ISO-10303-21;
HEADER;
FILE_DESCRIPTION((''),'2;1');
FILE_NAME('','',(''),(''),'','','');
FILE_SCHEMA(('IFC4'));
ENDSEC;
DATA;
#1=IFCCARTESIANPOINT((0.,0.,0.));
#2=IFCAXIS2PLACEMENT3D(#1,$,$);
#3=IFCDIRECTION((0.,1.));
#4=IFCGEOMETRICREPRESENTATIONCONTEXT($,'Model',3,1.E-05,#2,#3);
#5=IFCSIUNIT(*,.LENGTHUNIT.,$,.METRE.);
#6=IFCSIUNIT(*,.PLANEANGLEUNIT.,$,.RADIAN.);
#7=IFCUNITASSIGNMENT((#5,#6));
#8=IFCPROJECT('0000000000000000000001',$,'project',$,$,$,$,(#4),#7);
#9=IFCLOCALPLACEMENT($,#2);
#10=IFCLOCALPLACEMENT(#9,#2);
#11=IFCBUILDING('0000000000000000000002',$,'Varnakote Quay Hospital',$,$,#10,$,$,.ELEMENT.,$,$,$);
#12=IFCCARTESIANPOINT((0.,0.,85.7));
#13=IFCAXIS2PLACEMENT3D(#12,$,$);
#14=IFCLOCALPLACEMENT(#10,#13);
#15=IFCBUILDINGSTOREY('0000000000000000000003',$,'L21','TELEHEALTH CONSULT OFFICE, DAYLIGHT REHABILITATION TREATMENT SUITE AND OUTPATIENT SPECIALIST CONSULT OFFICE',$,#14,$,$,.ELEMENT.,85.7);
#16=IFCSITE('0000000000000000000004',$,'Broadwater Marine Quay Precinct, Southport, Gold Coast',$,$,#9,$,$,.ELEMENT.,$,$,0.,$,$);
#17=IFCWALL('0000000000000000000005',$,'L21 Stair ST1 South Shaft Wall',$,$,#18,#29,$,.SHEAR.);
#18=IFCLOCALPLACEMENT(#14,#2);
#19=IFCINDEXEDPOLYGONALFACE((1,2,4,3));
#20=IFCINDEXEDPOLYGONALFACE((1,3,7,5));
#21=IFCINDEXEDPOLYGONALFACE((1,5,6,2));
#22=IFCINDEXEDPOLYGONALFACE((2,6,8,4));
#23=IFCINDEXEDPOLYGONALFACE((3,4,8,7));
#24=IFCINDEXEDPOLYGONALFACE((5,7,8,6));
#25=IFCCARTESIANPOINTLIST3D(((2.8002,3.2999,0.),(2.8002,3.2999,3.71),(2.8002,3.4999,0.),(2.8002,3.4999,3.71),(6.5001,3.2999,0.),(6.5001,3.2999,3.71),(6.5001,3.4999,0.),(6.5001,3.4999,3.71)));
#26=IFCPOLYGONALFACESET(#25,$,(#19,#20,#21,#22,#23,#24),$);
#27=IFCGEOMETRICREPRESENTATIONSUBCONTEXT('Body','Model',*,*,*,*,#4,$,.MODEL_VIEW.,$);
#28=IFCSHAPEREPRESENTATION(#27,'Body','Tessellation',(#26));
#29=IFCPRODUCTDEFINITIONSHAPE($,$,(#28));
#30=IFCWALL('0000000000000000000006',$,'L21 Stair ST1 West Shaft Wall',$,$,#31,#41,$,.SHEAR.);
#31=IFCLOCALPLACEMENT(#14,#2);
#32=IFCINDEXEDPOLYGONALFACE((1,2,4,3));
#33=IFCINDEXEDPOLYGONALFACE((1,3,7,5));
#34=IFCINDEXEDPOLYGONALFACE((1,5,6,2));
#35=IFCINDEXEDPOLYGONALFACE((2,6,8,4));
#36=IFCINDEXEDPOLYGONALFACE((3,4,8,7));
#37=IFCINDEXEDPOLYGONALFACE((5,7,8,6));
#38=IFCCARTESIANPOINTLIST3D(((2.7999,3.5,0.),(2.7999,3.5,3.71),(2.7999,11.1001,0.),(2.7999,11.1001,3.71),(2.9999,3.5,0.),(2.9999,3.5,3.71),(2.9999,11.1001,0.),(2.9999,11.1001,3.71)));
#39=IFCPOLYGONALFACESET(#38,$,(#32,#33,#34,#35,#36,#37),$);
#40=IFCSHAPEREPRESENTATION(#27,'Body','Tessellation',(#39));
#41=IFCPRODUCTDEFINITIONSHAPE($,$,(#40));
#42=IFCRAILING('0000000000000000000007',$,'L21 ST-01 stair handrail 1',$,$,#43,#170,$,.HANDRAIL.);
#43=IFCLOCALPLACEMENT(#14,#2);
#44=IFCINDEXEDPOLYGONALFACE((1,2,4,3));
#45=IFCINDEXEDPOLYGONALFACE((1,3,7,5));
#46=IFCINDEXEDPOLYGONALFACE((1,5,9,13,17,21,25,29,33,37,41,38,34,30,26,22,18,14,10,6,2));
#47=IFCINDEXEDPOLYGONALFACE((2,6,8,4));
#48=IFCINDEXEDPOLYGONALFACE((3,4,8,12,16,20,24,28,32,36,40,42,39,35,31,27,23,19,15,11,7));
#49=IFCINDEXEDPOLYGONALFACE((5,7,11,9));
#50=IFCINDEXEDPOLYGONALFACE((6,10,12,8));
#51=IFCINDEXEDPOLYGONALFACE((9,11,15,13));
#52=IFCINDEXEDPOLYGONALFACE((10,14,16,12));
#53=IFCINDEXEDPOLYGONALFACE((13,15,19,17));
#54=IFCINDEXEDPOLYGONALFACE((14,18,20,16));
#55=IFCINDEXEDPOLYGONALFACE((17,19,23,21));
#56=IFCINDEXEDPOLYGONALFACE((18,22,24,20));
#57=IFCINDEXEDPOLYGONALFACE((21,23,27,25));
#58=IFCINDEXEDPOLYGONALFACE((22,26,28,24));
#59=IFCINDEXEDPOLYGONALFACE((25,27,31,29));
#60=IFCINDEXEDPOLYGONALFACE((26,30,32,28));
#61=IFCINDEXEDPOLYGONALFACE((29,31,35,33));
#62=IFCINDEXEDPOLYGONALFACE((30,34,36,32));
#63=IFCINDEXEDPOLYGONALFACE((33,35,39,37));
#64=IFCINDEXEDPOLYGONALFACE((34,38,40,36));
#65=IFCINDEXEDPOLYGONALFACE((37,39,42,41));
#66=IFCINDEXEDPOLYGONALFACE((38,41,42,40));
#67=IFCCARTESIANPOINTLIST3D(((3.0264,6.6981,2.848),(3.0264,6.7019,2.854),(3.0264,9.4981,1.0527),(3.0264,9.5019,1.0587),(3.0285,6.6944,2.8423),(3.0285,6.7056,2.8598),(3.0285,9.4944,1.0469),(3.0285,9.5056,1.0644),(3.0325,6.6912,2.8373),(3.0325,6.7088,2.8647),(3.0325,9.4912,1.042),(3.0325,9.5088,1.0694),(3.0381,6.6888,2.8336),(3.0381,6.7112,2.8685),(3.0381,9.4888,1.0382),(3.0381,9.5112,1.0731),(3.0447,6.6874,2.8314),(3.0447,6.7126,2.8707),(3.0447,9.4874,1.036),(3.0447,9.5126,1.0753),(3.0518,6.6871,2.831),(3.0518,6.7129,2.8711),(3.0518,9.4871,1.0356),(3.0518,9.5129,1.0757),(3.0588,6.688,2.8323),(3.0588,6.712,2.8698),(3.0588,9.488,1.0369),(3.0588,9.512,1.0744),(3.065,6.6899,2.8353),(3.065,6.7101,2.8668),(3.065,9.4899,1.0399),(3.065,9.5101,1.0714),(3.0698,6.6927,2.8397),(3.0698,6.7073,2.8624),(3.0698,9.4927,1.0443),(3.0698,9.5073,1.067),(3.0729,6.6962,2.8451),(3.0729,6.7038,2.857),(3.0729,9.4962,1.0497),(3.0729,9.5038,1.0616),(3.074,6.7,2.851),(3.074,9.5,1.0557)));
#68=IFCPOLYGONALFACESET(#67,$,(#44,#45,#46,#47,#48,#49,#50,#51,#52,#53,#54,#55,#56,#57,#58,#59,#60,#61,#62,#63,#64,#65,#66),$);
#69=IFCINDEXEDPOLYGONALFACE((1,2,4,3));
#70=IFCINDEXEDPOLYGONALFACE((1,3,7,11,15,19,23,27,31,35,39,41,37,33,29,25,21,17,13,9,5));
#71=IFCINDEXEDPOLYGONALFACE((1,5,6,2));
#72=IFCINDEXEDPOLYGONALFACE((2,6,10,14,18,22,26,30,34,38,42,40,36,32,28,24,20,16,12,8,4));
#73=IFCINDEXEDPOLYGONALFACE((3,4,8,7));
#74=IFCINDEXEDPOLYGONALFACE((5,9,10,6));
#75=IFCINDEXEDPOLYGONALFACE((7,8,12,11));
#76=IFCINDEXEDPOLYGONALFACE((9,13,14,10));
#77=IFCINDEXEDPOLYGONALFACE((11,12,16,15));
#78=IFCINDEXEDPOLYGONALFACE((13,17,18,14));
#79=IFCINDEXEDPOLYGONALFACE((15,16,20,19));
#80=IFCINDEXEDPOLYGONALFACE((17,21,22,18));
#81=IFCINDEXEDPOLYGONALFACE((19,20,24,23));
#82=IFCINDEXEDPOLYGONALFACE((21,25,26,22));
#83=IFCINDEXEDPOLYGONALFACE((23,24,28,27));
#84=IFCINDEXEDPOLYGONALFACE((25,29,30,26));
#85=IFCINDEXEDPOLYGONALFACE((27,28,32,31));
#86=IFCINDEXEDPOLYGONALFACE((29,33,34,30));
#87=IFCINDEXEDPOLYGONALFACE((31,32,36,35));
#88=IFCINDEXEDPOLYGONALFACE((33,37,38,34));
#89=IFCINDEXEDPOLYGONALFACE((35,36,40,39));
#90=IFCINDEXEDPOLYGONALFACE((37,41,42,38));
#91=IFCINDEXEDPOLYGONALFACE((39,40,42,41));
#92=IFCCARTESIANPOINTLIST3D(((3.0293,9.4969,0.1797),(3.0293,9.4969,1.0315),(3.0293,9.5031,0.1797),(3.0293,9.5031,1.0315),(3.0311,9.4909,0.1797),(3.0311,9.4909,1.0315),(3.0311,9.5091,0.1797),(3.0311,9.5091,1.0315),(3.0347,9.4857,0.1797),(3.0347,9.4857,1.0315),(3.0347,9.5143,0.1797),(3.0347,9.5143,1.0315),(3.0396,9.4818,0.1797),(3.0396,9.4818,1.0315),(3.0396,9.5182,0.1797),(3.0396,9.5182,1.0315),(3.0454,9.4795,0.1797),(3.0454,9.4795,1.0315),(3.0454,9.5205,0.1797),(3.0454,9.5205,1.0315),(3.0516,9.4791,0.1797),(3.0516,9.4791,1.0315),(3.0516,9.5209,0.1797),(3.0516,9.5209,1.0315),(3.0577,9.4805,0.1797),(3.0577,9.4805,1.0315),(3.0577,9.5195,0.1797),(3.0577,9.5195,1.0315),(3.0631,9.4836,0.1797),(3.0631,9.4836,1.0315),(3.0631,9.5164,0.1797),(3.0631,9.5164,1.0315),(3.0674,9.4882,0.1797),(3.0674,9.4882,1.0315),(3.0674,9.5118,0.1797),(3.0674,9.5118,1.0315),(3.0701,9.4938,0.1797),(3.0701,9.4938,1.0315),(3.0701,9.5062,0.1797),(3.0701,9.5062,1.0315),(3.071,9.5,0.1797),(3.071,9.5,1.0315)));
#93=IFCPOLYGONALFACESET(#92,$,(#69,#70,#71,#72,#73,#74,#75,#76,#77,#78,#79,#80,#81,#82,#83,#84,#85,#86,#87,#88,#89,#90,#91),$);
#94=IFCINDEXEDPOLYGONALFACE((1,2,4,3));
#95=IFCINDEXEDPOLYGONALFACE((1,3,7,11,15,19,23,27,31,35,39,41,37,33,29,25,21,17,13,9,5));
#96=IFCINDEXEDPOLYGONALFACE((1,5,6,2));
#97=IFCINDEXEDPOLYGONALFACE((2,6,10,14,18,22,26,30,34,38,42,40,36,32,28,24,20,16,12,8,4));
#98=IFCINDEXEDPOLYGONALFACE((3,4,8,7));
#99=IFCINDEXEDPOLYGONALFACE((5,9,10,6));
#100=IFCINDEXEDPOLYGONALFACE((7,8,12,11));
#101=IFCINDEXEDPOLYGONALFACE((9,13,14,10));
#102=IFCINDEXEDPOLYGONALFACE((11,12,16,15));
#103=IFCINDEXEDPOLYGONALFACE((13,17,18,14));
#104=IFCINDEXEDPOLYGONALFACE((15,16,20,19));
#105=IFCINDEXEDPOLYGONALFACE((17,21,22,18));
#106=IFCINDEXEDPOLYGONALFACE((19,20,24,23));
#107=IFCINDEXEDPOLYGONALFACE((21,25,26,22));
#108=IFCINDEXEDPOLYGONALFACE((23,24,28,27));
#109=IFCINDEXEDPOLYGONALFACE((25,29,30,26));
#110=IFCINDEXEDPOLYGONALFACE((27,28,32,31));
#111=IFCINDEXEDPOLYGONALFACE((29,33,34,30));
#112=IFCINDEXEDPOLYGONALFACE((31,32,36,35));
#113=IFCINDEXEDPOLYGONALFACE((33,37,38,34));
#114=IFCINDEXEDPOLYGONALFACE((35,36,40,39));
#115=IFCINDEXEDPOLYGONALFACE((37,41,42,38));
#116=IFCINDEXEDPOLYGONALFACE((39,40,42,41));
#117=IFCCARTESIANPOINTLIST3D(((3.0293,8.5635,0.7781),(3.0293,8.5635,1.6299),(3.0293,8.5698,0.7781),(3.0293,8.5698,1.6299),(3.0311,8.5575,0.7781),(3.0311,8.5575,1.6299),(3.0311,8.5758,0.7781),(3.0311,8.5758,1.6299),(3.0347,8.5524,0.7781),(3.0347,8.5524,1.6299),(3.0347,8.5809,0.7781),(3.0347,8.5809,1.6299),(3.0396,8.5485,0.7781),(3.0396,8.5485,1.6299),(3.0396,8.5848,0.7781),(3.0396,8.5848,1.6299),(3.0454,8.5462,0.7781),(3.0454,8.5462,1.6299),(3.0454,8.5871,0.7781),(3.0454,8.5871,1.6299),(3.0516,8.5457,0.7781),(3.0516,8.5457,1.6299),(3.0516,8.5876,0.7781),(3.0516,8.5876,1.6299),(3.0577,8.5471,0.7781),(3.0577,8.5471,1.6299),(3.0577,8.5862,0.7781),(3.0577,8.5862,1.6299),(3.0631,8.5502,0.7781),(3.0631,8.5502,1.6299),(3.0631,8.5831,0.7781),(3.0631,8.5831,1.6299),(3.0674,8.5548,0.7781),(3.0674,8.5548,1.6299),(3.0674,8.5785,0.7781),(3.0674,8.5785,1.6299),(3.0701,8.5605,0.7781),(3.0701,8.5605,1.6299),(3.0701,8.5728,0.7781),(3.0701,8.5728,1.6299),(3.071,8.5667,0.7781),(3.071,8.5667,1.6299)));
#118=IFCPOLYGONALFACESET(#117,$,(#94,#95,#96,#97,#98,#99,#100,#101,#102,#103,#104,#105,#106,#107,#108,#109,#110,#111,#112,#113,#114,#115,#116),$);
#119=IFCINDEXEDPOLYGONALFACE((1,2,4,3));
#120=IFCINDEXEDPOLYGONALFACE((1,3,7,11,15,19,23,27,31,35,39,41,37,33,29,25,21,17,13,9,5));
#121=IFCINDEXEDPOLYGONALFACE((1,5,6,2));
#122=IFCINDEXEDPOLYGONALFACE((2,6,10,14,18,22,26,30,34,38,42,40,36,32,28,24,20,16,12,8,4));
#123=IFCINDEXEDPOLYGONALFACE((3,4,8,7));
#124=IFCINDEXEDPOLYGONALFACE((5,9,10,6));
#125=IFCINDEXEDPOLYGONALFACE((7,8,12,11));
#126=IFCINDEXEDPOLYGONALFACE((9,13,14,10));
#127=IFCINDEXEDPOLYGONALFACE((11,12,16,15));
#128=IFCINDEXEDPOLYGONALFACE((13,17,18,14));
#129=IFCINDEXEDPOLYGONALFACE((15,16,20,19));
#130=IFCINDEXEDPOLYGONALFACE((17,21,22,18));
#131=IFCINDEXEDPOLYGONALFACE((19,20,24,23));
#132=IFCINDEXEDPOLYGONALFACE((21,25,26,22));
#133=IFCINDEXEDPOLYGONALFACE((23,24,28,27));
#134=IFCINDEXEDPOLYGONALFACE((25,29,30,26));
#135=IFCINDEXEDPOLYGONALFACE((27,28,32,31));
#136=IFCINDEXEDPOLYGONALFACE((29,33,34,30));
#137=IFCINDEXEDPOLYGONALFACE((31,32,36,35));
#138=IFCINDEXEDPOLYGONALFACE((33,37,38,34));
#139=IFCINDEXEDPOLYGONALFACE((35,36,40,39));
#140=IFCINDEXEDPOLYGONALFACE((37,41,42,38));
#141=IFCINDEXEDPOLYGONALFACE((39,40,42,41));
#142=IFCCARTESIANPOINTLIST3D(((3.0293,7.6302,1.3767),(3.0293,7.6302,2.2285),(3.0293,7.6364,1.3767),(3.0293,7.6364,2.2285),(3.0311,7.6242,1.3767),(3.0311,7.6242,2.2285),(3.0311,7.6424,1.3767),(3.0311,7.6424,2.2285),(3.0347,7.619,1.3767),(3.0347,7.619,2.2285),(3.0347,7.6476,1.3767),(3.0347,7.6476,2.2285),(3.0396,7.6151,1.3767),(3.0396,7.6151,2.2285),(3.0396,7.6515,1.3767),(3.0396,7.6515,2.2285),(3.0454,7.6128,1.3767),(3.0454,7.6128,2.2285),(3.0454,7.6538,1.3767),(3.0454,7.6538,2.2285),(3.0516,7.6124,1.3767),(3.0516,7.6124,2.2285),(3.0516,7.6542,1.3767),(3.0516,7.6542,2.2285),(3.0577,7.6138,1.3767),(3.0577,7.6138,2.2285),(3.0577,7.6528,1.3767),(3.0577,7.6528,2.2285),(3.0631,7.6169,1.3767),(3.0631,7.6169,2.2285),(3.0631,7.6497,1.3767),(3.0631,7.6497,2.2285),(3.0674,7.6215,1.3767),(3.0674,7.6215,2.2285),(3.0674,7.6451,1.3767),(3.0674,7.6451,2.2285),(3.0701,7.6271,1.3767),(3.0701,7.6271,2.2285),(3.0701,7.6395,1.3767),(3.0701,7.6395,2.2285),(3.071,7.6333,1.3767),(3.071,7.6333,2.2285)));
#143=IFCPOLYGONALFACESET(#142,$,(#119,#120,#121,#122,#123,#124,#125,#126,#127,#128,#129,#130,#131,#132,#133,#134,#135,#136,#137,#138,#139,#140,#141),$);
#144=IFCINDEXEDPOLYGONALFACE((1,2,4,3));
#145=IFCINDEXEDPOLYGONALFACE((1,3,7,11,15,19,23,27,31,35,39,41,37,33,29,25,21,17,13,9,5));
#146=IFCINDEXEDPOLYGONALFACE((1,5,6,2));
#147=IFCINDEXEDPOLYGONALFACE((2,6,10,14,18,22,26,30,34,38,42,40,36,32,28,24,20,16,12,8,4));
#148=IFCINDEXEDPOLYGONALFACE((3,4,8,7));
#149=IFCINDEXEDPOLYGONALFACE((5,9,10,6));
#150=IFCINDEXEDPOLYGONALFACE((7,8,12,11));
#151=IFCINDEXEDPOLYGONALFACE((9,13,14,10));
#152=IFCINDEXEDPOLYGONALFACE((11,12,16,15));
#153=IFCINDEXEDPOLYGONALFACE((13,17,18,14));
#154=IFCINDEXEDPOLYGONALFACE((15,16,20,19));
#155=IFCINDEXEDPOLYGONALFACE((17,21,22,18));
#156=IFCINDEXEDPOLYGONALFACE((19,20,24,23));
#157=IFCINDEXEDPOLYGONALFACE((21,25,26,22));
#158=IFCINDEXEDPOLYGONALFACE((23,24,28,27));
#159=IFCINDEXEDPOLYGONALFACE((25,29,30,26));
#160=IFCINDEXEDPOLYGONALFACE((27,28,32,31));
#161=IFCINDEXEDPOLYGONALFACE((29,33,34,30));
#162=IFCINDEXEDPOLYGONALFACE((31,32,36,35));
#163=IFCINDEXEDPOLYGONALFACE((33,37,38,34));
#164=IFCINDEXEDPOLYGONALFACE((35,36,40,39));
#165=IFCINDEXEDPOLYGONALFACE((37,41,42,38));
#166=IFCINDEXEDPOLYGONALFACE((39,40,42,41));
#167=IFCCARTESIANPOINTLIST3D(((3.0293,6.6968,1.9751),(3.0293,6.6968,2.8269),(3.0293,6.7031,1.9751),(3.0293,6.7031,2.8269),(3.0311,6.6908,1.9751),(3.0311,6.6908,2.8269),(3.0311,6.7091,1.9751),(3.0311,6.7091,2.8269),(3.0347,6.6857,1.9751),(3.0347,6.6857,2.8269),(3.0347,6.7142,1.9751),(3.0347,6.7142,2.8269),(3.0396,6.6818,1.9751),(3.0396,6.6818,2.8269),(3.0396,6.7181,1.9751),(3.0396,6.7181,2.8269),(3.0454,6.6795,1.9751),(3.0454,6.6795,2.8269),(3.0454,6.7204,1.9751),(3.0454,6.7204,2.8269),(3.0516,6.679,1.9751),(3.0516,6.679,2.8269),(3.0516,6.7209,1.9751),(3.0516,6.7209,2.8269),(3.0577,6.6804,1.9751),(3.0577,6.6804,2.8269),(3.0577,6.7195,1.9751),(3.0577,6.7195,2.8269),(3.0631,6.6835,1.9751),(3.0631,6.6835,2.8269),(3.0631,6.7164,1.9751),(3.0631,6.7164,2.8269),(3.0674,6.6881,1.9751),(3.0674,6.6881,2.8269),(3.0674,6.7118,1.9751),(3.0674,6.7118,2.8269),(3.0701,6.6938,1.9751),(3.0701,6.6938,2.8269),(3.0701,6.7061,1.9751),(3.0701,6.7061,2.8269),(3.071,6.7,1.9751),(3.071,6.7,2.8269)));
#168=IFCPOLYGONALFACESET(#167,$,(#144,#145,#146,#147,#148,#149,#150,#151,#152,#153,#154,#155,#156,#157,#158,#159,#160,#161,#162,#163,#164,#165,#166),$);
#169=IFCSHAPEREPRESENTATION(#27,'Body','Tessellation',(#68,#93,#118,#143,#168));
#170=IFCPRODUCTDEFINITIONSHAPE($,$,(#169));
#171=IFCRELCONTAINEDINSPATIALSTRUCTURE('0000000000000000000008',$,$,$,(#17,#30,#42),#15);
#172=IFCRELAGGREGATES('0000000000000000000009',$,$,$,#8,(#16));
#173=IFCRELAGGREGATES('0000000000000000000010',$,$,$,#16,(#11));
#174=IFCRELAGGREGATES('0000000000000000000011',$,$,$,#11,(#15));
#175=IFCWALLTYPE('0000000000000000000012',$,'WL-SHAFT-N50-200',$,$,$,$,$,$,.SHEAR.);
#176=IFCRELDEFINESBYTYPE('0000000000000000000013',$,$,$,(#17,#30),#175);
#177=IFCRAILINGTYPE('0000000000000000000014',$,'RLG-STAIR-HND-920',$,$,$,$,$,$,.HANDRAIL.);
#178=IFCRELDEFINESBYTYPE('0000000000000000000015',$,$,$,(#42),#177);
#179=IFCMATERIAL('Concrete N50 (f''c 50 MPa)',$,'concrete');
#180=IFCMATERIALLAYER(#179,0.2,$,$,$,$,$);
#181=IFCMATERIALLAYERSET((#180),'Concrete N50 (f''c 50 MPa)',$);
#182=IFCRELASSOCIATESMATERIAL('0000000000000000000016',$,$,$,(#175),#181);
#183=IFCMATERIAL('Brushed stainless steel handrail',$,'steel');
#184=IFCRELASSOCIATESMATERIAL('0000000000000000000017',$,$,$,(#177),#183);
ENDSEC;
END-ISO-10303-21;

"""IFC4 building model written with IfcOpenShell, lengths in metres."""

from ifc_helpers import new_model, si_unit, direction, frame, frame_2d, origin, origin_2d, place, context, subcontext, project, spatial, rectangle, circle, extrude, material, layer, layer_set, type_object, element, save


model = new_model("IFC4")

# Units and contexts
model_context = context("Model", 3, precision=1e-05, world=origin(), true_north=direction((0.0, 1.0)))
body_context = subcontext(model_context, "Body", "Model", "MODEL_VIEW")
ifc_project = project(units=[si_unit("LENGTHUNIT", "METRE"), si_unit("PLANEANGLEUNIT", "RADIAN")], contexts=[model_context])

# Site, building, storey
site_placement = place(None, origin())
site = spatial("IfcSite", under=ifc_project, at=site_placement, Name="Broadwater Marine Quay Precinct, Southport, Gold Coast", CompositionType="ELEMENT", RefElevation=0.0)
building_placement = place(site_placement, origin())
building = spatial("IfcBuilding", under=site, at=building_placement, Name="Varnakote Quay Hospital", CompositionType="ELEMENT")
storey_placement = place(building_placement, frame((0.0, 0.0, 85.7)))
storey = spatial("IfcBuildingStorey", under=building, at=storey_placement, Name="L21", Description="TELEHEALTH CONSULT OFFICE, DAYLIGHT REHABILITATION TREATMENT SUITE AND OUTPATIENT SPECIALIST CONSULT OFFICE", CompositionType="ELEMENT", Elevation=85.7)

# Walls
ifc_material_1 = material(Name="Concrete N50 (f'c 50 MPa)", Category="concrete")
ifc_layer_1 = layer(ifc_material_1, 0.2)
ifc_layer_set_1 = layer_set([ifc_layer_1], Name="Concrete N50 (f'c 50 MPa)")
wall_type_1 = type_object("IfcWallType", Name="WL-SHAFT-N50-200", PredefinedType="SHEAR", material=ifc_layer_set_1)
wall_1_placement = place(storey_placement, frame((2.8, 3.3999, 0.0), z_axis=(0.0, 0.0, 1.0), x_axis=(1.0, 0.0, 0.0)))
element("IfcWall", 1, at=wall_1_placement, inside=storey, type_object=wall_type_1, Name="L21 Stair ST1 South Shaft Wall", PredefinedType="SHEAR", context=body_context, shape_type="SweptSolid", body=[
    extrude(rectangle(XDim=3.7, YDim=0.2, at=frame_2d((1.8501, 0.0))), origin(), (0.0, 0.0, 1.0), 3.71),
])
wall_2_placement = place(storey_placement, frame((2.8999, 3.5, 0.0), z_axis=(0.0, 0.0, 1.0), x_axis=(0.0, 1.0, 0.0)))
element("IfcWall", 2, at=wall_2_placement, inside=storey, type_object=wall_type_1, Name="L21 Stair ST1 West Shaft Wall", PredefinedType="SHEAR", context=body_context, shape_type="SweptSolid", body=[
    extrude(rectangle(XDim=7.6001, YDim=0.2, at=frame_2d((3.8, 0.0))), origin(), (0.0, 0.0, 1.0), 3.71),
])

# Railing
ifc_material_2 = material(Name="Brushed stainless steel handrail", Category="steel")
railing_type = type_object("IfcRailingType", Name="RLG-STAIR-HND-920", PredefinedType="HANDRAIL", material=ifc_material_2)
railing_placement = place(storey_placement, frame((3.05, 9.5, 0.1797)))
element("IfcRailing", 3, at=railing_placement, inside=storey, type_object=railing_type, Name="L21 ST-01 stair handrail 1", PredefinedType="HANDRAIL", context=body_context, shape_type="SweptSolid", body=[
    extrude(circle(Radius=0.0239, at=origin_2d()), frame((0.0, 0.0, 0.876), z_axis=(0.0, -0.84181, 0.539774), x_axis=(1.0, 0.0, 0.0)), (0.0, 0.0, 1.0), 3.3262),
    extrude(circle(Radius=0.021, at=origin_2d()), origin(), (0.0, 0.0, 1.0), 0.8518),
    extrude(circle(Radius=0.021, at=origin_2d()), frame((0.0, -0.9333, 0.5984)), (0.0, 0.0, 1.0), 0.8518),
    extrude(circle(Radius=0.021, at=origin_2d()), frame((0.0, -1.8667, 1.197)), (0.0, 0.0, 1.0), 0.8518),
    extrude(circle(Radius=0.021, at=origin_2d()), frame((0.0, -2.8, 1.7954)), (0.0, 0.0, 1.0), 0.8518),
])

save(model, "model.ifc")
